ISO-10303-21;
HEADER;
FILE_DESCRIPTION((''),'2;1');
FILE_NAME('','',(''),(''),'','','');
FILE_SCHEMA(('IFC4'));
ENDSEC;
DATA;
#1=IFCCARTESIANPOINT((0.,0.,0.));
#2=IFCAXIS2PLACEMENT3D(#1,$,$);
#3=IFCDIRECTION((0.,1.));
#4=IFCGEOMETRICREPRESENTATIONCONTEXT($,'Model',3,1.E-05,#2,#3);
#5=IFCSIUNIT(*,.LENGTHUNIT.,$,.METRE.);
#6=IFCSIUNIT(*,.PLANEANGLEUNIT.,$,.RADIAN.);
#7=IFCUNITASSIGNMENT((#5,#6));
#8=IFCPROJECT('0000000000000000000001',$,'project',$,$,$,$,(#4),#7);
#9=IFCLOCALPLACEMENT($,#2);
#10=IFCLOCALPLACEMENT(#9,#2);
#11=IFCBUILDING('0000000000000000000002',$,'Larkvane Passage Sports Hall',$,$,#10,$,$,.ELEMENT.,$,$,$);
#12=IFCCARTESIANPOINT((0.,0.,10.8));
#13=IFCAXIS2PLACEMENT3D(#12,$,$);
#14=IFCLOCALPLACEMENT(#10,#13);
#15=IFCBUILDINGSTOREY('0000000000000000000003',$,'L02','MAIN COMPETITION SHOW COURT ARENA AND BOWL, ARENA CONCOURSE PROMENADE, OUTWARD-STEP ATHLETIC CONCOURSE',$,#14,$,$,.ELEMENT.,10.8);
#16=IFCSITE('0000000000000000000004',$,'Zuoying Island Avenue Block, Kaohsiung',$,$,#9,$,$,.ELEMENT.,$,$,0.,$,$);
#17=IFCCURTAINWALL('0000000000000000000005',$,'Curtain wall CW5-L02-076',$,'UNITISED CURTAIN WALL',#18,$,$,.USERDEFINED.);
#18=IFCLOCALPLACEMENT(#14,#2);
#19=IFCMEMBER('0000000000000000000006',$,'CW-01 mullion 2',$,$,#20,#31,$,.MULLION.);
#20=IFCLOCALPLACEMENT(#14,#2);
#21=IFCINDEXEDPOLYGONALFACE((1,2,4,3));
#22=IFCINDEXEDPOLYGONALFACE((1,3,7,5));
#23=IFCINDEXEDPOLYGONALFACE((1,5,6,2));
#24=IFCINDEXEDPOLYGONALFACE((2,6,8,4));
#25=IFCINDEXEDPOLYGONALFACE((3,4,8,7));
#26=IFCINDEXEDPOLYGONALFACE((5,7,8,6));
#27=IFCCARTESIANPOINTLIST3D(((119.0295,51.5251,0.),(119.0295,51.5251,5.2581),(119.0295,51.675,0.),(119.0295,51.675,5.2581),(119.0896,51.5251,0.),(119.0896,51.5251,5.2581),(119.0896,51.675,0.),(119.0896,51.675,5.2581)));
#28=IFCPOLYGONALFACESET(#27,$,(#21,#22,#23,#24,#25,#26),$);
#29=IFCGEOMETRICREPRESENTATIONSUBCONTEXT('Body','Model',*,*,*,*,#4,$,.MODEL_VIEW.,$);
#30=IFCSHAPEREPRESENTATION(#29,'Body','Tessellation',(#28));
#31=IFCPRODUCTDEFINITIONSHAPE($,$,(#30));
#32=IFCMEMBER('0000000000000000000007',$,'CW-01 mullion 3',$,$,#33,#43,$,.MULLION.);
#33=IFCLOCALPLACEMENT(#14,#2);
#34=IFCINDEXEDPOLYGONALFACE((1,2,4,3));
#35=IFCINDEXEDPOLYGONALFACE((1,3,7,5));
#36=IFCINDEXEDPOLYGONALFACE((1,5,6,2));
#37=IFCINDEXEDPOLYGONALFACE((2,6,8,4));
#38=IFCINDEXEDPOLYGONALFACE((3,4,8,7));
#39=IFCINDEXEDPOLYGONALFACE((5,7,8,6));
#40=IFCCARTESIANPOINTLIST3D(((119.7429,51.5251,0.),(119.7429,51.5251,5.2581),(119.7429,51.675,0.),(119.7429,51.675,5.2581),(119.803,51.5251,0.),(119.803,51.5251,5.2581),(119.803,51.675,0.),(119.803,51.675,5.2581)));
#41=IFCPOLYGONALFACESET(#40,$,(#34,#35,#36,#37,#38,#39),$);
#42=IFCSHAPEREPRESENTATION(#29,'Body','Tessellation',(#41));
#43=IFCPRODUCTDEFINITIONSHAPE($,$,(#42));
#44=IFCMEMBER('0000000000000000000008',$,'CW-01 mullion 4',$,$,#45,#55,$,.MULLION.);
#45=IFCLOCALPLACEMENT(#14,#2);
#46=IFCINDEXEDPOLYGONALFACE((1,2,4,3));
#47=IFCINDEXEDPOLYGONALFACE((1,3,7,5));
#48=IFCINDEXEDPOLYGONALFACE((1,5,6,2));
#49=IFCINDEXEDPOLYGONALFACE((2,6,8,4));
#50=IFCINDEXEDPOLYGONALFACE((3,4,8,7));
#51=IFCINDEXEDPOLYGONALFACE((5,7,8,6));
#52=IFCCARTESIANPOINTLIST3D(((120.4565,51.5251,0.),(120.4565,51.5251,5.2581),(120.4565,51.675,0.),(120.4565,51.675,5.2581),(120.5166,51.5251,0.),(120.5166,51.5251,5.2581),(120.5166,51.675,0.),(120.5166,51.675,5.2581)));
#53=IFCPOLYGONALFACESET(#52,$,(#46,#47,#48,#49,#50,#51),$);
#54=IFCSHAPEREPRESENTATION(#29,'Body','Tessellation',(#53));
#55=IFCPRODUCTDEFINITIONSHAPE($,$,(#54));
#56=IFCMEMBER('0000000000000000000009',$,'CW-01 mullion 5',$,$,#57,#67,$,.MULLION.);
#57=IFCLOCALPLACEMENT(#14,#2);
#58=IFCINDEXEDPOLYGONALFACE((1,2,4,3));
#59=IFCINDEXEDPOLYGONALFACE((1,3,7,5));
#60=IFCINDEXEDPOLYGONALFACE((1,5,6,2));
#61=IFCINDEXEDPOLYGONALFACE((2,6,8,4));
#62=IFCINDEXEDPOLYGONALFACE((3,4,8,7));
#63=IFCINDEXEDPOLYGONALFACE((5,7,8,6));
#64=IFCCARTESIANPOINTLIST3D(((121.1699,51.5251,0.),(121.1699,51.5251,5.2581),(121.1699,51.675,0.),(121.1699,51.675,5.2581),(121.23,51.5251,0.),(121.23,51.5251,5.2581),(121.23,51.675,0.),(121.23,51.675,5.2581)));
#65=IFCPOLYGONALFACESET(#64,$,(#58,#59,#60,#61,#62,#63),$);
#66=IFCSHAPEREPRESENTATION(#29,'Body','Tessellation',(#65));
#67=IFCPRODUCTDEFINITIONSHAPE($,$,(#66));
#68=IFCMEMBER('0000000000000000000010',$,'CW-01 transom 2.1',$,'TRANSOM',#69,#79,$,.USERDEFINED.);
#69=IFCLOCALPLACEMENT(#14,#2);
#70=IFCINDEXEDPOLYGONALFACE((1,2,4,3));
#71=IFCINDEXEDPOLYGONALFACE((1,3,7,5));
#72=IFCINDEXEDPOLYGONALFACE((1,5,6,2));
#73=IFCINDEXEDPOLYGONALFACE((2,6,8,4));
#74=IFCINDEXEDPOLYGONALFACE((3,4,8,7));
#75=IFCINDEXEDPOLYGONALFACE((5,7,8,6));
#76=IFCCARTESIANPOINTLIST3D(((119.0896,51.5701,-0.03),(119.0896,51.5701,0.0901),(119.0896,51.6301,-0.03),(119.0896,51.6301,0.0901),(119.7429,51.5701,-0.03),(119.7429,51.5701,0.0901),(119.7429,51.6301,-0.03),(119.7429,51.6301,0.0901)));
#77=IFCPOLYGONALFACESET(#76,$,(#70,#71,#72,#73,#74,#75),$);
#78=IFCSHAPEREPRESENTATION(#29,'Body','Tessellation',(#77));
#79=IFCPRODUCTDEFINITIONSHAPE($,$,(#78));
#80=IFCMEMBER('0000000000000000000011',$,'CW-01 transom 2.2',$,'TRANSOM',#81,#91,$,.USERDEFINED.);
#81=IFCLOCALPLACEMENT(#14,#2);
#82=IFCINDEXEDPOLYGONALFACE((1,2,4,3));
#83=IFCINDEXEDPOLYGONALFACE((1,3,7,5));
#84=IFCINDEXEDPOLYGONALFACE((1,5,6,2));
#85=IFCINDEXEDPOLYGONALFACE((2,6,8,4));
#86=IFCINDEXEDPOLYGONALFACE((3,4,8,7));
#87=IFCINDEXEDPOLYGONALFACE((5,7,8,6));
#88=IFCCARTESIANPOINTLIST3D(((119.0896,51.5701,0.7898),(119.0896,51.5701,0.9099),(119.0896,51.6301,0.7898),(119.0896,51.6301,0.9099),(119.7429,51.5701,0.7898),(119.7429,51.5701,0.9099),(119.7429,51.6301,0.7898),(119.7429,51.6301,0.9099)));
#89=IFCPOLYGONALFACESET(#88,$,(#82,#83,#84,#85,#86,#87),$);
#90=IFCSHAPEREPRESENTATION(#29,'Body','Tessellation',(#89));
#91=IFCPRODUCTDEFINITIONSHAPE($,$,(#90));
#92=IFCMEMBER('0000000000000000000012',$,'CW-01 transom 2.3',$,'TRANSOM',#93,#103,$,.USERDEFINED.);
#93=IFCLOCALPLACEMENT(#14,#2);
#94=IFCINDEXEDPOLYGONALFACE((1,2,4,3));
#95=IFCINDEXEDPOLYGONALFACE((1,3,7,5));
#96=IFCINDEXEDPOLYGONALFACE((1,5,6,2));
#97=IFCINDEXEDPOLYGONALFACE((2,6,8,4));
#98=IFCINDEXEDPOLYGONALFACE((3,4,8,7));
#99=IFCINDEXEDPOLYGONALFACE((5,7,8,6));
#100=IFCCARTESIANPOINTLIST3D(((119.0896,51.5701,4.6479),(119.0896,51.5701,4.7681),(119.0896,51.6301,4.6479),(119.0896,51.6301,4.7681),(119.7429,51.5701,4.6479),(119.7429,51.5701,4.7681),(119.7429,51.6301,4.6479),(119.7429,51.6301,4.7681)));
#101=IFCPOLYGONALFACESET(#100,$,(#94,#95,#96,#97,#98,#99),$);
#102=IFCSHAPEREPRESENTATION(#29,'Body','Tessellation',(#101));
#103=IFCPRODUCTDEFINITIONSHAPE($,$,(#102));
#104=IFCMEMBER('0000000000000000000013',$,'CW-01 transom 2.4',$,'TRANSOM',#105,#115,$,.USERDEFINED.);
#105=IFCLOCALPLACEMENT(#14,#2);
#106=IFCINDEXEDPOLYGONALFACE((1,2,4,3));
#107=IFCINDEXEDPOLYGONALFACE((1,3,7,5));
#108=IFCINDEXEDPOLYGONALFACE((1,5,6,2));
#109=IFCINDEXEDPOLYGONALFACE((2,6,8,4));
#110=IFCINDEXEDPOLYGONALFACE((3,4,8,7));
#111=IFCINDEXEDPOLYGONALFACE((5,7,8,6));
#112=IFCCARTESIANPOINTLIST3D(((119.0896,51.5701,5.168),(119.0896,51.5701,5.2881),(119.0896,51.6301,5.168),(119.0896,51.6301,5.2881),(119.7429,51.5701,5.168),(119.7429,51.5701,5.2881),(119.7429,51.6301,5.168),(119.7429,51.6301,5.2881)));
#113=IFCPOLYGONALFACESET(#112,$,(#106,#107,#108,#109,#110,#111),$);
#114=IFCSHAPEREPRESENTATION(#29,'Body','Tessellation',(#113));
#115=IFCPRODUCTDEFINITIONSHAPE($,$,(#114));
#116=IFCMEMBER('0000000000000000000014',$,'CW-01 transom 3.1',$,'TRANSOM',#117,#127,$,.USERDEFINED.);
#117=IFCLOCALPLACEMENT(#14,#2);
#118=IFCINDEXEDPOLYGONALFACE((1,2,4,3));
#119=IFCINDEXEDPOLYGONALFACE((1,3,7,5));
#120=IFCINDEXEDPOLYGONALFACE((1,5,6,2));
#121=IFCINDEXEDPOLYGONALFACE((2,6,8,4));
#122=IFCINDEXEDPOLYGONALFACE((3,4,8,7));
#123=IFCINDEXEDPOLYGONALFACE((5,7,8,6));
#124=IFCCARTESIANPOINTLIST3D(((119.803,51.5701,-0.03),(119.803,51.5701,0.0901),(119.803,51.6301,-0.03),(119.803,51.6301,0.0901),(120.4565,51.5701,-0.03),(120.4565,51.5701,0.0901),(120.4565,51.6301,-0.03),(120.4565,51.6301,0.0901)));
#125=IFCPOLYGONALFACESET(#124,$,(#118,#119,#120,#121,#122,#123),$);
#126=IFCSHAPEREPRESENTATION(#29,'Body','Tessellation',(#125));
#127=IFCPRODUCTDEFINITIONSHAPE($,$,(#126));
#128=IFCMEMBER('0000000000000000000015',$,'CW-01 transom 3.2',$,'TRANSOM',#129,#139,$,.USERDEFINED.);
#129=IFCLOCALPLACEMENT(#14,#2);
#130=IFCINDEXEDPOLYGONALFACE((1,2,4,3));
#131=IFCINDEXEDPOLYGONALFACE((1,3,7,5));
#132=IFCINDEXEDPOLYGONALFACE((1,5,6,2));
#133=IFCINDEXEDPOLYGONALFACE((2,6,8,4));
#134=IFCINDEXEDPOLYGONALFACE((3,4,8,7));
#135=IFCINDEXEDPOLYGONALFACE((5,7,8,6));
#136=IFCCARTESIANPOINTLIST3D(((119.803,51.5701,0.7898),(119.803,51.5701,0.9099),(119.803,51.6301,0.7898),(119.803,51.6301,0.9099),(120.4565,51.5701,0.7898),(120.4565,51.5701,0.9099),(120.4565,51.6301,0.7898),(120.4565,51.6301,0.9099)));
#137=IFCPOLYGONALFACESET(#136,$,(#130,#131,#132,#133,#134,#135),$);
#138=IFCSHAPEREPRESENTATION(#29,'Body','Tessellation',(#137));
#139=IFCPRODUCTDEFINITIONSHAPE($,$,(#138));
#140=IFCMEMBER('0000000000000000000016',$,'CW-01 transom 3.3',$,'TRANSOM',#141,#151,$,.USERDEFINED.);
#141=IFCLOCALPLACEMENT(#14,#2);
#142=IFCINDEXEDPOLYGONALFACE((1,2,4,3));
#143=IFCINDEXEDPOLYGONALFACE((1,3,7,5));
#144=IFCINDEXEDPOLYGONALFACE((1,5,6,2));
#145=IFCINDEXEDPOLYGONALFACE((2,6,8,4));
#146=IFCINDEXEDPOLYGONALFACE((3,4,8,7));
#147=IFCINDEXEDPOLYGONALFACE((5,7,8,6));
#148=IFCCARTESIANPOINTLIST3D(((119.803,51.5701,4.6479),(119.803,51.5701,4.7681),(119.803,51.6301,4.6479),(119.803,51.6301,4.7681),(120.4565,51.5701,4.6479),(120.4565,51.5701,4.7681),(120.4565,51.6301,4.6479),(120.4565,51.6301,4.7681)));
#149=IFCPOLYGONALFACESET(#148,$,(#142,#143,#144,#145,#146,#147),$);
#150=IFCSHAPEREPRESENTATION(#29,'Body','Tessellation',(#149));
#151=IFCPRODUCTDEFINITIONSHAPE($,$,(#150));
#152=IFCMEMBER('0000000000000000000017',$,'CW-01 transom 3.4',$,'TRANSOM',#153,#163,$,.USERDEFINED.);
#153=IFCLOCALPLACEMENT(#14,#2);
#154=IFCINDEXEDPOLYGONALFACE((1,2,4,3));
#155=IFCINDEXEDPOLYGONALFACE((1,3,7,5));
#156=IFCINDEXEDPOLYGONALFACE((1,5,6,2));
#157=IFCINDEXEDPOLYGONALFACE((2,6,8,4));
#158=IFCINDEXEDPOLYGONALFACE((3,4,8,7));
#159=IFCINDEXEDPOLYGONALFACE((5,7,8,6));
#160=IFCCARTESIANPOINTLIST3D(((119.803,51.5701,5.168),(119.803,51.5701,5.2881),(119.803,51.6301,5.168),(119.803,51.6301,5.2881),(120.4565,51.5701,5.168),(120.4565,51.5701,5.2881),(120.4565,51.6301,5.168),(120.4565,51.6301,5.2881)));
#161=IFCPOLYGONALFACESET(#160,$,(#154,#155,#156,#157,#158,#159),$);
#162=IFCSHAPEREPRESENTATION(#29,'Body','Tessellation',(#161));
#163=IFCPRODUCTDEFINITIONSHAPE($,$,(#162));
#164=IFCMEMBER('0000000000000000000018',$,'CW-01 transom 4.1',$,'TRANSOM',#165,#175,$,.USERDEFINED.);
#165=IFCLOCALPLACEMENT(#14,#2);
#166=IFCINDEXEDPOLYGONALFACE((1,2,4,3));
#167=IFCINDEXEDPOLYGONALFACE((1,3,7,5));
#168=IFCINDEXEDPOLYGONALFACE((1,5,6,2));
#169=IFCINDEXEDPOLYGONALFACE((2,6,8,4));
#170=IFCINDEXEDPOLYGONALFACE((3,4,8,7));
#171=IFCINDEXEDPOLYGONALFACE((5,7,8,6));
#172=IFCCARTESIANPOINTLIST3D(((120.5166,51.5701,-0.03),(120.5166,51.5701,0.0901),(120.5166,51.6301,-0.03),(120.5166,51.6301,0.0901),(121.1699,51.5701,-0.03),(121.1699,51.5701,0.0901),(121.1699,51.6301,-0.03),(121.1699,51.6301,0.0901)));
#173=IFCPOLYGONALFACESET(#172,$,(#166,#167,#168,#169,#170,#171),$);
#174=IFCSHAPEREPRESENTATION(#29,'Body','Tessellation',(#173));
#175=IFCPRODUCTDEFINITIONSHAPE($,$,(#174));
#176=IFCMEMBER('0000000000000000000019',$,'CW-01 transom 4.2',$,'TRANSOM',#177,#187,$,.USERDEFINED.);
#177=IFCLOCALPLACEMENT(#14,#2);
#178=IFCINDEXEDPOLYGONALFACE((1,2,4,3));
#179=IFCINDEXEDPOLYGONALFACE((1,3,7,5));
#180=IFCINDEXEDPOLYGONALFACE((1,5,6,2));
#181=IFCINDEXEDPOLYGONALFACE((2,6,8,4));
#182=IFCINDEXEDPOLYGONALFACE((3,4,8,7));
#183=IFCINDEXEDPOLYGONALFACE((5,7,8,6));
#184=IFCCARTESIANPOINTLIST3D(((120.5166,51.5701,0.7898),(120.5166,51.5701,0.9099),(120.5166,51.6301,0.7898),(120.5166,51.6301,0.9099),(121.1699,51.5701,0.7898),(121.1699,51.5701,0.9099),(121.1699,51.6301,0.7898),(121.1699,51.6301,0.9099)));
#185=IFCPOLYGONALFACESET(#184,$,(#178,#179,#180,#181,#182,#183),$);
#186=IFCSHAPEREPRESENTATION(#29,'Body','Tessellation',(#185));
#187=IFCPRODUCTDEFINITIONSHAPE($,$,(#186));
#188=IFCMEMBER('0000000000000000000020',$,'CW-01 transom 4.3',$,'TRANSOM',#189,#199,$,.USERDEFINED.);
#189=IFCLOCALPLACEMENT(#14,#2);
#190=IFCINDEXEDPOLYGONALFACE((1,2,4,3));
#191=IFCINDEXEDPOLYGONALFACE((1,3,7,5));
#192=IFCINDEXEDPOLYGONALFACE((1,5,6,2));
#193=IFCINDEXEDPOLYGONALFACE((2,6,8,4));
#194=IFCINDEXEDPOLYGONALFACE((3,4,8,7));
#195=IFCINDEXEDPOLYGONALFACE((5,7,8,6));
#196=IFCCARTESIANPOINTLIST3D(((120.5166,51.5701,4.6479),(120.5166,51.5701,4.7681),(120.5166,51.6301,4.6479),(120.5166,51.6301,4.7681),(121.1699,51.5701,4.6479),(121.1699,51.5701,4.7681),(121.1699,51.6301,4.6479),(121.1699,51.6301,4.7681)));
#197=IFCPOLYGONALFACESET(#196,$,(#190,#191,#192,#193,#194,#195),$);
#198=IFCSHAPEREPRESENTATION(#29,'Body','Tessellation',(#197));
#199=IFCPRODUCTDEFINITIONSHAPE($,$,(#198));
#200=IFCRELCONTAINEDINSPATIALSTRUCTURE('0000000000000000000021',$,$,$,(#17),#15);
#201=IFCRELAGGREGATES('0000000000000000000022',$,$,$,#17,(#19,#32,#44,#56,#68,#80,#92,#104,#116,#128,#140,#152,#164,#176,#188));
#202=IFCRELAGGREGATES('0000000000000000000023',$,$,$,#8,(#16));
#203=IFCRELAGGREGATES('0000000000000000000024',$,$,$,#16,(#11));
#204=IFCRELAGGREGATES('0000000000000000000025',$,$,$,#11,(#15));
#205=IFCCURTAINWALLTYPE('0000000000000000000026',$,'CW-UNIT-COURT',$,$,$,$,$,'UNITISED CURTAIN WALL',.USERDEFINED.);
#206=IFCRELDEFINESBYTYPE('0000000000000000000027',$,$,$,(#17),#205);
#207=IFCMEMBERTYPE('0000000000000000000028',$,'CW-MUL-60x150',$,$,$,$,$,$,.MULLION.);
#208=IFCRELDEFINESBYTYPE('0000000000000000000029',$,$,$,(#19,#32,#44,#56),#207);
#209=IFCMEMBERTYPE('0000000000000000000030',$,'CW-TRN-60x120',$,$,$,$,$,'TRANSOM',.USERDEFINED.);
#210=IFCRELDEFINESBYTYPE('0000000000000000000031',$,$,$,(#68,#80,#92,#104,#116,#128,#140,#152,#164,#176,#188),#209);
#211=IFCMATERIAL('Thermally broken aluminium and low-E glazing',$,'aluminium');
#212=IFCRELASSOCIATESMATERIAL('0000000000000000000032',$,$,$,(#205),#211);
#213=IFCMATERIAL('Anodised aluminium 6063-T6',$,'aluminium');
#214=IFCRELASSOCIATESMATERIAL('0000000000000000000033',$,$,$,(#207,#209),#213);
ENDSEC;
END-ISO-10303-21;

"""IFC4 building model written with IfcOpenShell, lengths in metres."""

from ifc_helpers import new_model, si_unit, direction, frame, origin, origin_2d, place, context, subcontext, project, spatial, rectangle, extrude, material, material_profile, profile_set, type_object, element, aggregate, save


model = new_model("IFC4")

# Units and contexts
model_context = context("Model", 3, precision=1e-05, world=origin(), true_north=direction((0.0, 1.0)))
body_context = subcontext(model_context, "Body", "Model", "MODEL_VIEW")
ifc_project = project(units=[si_unit("LENGTHUNIT", "METRE"), si_unit("PLANEANGLEUNIT", "RADIAN")], contexts=[model_context])

# Site, building, storey
site_placement = place(None, origin())
site = spatial("IfcSite", under=ifc_project, at=site_placement, Name="Zuoying Island Avenue Block, Kaohsiung", CompositionType="ELEMENT", RefElevation=0.0)
building_placement = place(site_placement, origin())
building = spatial("IfcBuilding", under=site, at=building_placement, Name="Larkvane Passage Sports Hall", CompositionType="ELEMENT")
storey_placement = place(building_placement, frame((0.0, 0.0, 10.8)))
storey = spatial("IfcBuildingStorey", under=building, at=storey_placement, Name="L02", Description="MAIN COMPETITION SHOW COURT ARENA AND BOWL, ARENA CONCOURSE PROMENADE, OUTWARD-STEP ATHLETIC CONCOURSE", CompositionType="ELEMENT", Elevation=10.8)

# Curtain wall, members
ifc_material_1 = material(Name="Thermally broken aluminium and low-E glazing", Category="aluminium")
curtain_wall_type = type_object("IfcCurtainWallType", Name="CW-UNIT-COURT", ElementType="UNITISED CURTAIN WALL", PredefinedType="USERDEFINED", material=ifc_material_1)
curtain_wall_placement = place(storey_placement, origin())
curtain_wall = element("IfcCurtainWall", 1, at=curtain_wall_placement, inside=storey, type_object=curtain_wall_type, Name="Curtain wall CW5-L02-076", ObjectType="UNITISED CURTAIN WALL", PredefinedType="USERDEFINED")
ifc_material_2 = material(Name="Anodised aluminium 6063-T6", Category="aluminium")
ifc_material_profile_1 = material_profile(ifc_material_2, rectangle(XDim=0.0601, YDim=0.1499, at=origin_2d()), Name="ALU-MUL-60x150")
ifc_profile_set_1 = profile_set([ifc_material_profile_1], Name="Anodised aluminium 6063-T6")
member_type_1 = type_object("IfcMemberType", Name="CW-MUL-60x150", PredefinedType="MULLION", material=ifc_profile_set_1)
member_1_placement = place(storey_placement, frame((119.0596, 51.6001, 0.0), z_axis=(0.0, 0.0, 1.0), x_axis=(1.0, 0.0, 0.0)))
member_1 = element("IfcMember", 2, at=member_1_placement, type_object=member_type_1, Name="CW-01 mullion 2", PredefinedType="MULLION", context=body_context, shape_type="SweptSolid", body=[
    extrude(rectangle(XDim=0.0601, YDim=0.1499, at=origin_2d()), origin(), (0.0, 0.0, 1.0), 5.2581),
])
member_2_placement = place(storey_placement, frame((119.7729, 51.6001, 0.0), z_axis=(0.0, 0.0, 1.0), x_axis=(1.0, 0.0, 0.0)))
member_2 = element("IfcMember", 3, at=member_2_placement, type_object=member_type_1, Name="CW-01 mullion 3", PredefinedType="MULLION", context=body_context, shape_type="SweptSolid", body=[
    extrude(rectangle(XDim=0.0601, YDim=0.1499, at=origin_2d()), origin(), (0.0, 0.0, 1.0), 5.2581),
])
member_3_placement = place(storey_placement, frame((120.4866, 51.6001, 0.0), z_axis=(0.0, 0.0, 1.0), x_axis=(1.0, 0.0, 0.0)))
member_3 = element("IfcMember", 4, at=member_3_placement, type_object=member_type_1, Name="CW-01 mullion 4", PredefinedType="MULLION", context=body_context, shape_type="SweptSolid", body=[
    extrude(rectangle(XDim=0.0601, YDim=0.1499, at=origin_2d()), origin(), (0.0, 0.0, 1.0), 5.2581),
])
member_4_placement = place(storey_placement, frame((121.2, 51.6001, 0.0), z_axis=(0.0, 0.0, 1.0), x_axis=(1.0, 0.0, 0.0)))
member_4 = element("IfcMember", 5, at=member_4_placement, type_object=member_type_1, Name="CW-01 mullion 5", PredefinedType="MULLION", context=body_context, shape_type="SweptSolid", body=[
    extrude(rectangle(XDim=0.0601, YDim=0.1499, at=origin_2d()), origin(), (0.0, 0.0, 1.0), 5.2581),
])
ifc_material_profile_2 = material_profile(ifc_material_2, rectangle(XDim=0.0601, YDim=0.1201, at=origin_2d()), Name="ALU-TRN-60x120")
ifc_profile_set_2 = profile_set([ifc_material_profile_2], Name="Anodised aluminium 6063-T6")
member_type_2 = type_object("IfcMemberType", Name="CW-TRN-60x120", ElementType="TRANSOM", PredefinedType="USERDEFINED", material=ifc_profile_set_2)
member_5_placement = place(storey_placement, frame((119.0896, 51.6001, 0.03), z_axis=(1.0, 0.0, 0.0), x_axis=(0.0, 1.0, 0.0)))
member_5 = element("IfcMember", 6, at=member_5_placement, type_object=member_type_2, Name="CW-01 transom 2.1", ObjectType="TRANSOM", PredefinedType="USERDEFINED", context=body_context, shape_type="SweptSolid", body=[
    extrude(rectangle(XDim=0.0601, YDim=0.1201, at=origin_2d()), origin(), (0.0, 0.0, 1.0), 0.6533),
])
member_6_placement = place(storey_placement, frame((119.0896, 51.6001, 0.8499), z_axis=(1.0, 0.0, 0.0), x_axis=(0.0, 1.0, 0.0)))
member_6 = element("IfcMember", 7, at=member_6_placement, type_object=member_type_2, Name="CW-01 transom 2.2", ObjectType="TRANSOM", PredefinedType="USERDEFINED", context=body_context, shape_type="SweptSolid", body=[
    extrude(rectangle(XDim=0.0601, YDim=0.1201, at=origin_2d()), origin(), (0.0, 0.0, 1.0), 0.6533),
])
member_7_placement = place(storey_placement, frame((119.0896, 51.6001, 4.708), z_axis=(1.0, 0.0, 0.0), x_axis=(0.0, 1.0, 0.0)))
member_7 = element("IfcMember", 8, at=member_7_placement, type_object=member_type_2, Name="CW-01 transom 2.3", ObjectType="TRANSOM", PredefinedType="USERDEFINED", context=body_context, shape_type="SweptSolid", body=[
    extrude(rectangle(XDim=0.0601, YDim=0.1201, at=origin_2d()), origin(), (0.0, 0.0, 1.0), 0.6533),
])
member_8_placement = place(storey_placement, frame((119.0896, 51.6001, 5.228), z_axis=(1.0, 0.0, 0.0), x_axis=(0.0, 1.0, 0.0)))
member_8 = element("IfcMember", 9, at=member_8_placement, type_object=member_type_2, Name="CW-01 transom 2.4", ObjectType="TRANSOM", PredefinedType="USERDEFINED", context=body_context, shape_type="SweptSolid", body=[
    extrude(rectangle(XDim=0.0601, YDim=0.1201, at=origin_2d()), origin(), (0.0, 0.0, 1.0), 0.6533),
])
member_9_placement = place(storey_placement, frame((119.803, 51.6001, 0.03), z_axis=(1.0, 0.0, 0.0), x_axis=(0.0, 1.0, 0.0)))
member_9 = element("IfcMember", 10, at=member_9_placement, type_object=member_type_2, Name="CW-01 transom 3.1", ObjectType="TRANSOM", PredefinedType="USERDEFINED", context=body_context, shape_type="SweptSolid", body=[
    extrude(rectangle(XDim=0.0601, YDim=0.1201, at=origin_2d()), origin(), (0.0, 0.0, 1.0), 0.6536),
])
member_10_placement = place(storey_placement, frame((119.803, 51.6001, 0.8499), z_axis=(1.0, 0.0, 0.0), x_axis=(0.0, 1.0, 0.0)))
member_10 = element("IfcMember", 11, at=member_10_placement, type_object=member_type_2, Name="CW-01 transom 3.2", ObjectType="TRANSOM", PredefinedType="USERDEFINED", context=body_context, shape_type="SweptSolid", body=[
    extrude(rectangle(XDim=0.0601, YDim=0.1201, at=origin_2d()), origin(), (0.0, 0.0, 1.0), 0.6536),
])
member_11_placement = place(storey_placement, frame((119.803, 51.6001, 4.708), z_axis=(1.0, 0.0, 0.0), x_axis=(0.0, 1.0, 0.0)))
member_11 = element("IfcMember", 12, at=member_11_placement, type_object=member_type_2, Name="CW-01 transom 3.3", ObjectType="TRANSOM", PredefinedType="USERDEFINED", context=body_context, shape_type="SweptSolid", body=[
    extrude(rectangle(XDim=0.0601, YDim=0.1201, at=origin_2d()), origin(), (0.0, 0.0, 1.0), 0.6536),
])
member_12_placement = place(storey_placement, frame((119.803, 51.6001, 5.228), z_axis=(1.0, 0.0, 0.0), x_axis=(0.0, 1.0, 0.0)))
member_12 = element("IfcMember", 13, at=member_12_placement, type_object=member_type_2, Name="CW-01 transom 3.4", ObjectType="TRANSOM", PredefinedType="USERDEFINED", context=body_context, shape_type="SweptSolid", body=[
    extrude(rectangle(XDim=0.0601, YDim=0.1201, at=origin_2d()), origin(), (0.0, 0.0, 1.0), 0.6536),
])
member_13_placement = place(storey_placement, frame((120.5166, 51.6001, 0.03), z_axis=(1.0, 0.0, 0.0), x_axis=(0.0, 1.0, 0.0)))
member_13 = element("IfcMember", 14, at=member_13_placement, type_object=member_type_2, Name="CW-01 transom 4.1", ObjectType="TRANSOM", PredefinedType="USERDEFINED", context=body_context, shape_type="SweptSolid", body=[
    extrude(rectangle(XDim=0.0601, YDim=0.1201, at=origin_2d()), origin(), (0.0, 0.0, 1.0), 0.6533),
])
member_14_placement = place(storey_placement, frame((120.5166, 51.6001, 0.8499), z_axis=(1.0, 0.0, 0.0), x_axis=(0.0, 1.0, 0.0)))
member_14 = element("IfcMember", 15, at=member_14_placement, type_object=member_type_2, Name="CW-01 transom 4.2", ObjectType="TRANSOM", PredefinedType="USERDEFINED", context=body_context, shape_type="SweptSolid", body=[
    extrude(rectangle(XDim=0.0601, YDim=0.1201, at=origin_2d()), origin(), (0.0, 0.0, 1.0), 0.6533),
])
member_15_placement = place(storey_placement, frame((120.5166, 51.6001, 4.708), z_axis=(1.0, 0.0, 0.0), x_axis=(0.0, 1.0, 0.0)))
member_15 = element("IfcMember", 16, at=member_15_placement, type_object=member_type_2, Name="CW-01 transom 4.3", ObjectType="TRANSOM", PredefinedType="USERDEFINED", context=body_context, shape_type="SweptSolid", body=[
    extrude(rectangle(XDim=0.0601, YDim=0.1201, at=origin_2d()), origin(), (0.0, 0.0, 1.0), 0.6533),
])
aggregate(curtain_wall, [member_1, member_2, member_3, member_4, member_5, member_6, member_7, member_8, member_9, member_10, member_11, member_12, member_13, member_14, member_15])

save(model, "model.ifc")
